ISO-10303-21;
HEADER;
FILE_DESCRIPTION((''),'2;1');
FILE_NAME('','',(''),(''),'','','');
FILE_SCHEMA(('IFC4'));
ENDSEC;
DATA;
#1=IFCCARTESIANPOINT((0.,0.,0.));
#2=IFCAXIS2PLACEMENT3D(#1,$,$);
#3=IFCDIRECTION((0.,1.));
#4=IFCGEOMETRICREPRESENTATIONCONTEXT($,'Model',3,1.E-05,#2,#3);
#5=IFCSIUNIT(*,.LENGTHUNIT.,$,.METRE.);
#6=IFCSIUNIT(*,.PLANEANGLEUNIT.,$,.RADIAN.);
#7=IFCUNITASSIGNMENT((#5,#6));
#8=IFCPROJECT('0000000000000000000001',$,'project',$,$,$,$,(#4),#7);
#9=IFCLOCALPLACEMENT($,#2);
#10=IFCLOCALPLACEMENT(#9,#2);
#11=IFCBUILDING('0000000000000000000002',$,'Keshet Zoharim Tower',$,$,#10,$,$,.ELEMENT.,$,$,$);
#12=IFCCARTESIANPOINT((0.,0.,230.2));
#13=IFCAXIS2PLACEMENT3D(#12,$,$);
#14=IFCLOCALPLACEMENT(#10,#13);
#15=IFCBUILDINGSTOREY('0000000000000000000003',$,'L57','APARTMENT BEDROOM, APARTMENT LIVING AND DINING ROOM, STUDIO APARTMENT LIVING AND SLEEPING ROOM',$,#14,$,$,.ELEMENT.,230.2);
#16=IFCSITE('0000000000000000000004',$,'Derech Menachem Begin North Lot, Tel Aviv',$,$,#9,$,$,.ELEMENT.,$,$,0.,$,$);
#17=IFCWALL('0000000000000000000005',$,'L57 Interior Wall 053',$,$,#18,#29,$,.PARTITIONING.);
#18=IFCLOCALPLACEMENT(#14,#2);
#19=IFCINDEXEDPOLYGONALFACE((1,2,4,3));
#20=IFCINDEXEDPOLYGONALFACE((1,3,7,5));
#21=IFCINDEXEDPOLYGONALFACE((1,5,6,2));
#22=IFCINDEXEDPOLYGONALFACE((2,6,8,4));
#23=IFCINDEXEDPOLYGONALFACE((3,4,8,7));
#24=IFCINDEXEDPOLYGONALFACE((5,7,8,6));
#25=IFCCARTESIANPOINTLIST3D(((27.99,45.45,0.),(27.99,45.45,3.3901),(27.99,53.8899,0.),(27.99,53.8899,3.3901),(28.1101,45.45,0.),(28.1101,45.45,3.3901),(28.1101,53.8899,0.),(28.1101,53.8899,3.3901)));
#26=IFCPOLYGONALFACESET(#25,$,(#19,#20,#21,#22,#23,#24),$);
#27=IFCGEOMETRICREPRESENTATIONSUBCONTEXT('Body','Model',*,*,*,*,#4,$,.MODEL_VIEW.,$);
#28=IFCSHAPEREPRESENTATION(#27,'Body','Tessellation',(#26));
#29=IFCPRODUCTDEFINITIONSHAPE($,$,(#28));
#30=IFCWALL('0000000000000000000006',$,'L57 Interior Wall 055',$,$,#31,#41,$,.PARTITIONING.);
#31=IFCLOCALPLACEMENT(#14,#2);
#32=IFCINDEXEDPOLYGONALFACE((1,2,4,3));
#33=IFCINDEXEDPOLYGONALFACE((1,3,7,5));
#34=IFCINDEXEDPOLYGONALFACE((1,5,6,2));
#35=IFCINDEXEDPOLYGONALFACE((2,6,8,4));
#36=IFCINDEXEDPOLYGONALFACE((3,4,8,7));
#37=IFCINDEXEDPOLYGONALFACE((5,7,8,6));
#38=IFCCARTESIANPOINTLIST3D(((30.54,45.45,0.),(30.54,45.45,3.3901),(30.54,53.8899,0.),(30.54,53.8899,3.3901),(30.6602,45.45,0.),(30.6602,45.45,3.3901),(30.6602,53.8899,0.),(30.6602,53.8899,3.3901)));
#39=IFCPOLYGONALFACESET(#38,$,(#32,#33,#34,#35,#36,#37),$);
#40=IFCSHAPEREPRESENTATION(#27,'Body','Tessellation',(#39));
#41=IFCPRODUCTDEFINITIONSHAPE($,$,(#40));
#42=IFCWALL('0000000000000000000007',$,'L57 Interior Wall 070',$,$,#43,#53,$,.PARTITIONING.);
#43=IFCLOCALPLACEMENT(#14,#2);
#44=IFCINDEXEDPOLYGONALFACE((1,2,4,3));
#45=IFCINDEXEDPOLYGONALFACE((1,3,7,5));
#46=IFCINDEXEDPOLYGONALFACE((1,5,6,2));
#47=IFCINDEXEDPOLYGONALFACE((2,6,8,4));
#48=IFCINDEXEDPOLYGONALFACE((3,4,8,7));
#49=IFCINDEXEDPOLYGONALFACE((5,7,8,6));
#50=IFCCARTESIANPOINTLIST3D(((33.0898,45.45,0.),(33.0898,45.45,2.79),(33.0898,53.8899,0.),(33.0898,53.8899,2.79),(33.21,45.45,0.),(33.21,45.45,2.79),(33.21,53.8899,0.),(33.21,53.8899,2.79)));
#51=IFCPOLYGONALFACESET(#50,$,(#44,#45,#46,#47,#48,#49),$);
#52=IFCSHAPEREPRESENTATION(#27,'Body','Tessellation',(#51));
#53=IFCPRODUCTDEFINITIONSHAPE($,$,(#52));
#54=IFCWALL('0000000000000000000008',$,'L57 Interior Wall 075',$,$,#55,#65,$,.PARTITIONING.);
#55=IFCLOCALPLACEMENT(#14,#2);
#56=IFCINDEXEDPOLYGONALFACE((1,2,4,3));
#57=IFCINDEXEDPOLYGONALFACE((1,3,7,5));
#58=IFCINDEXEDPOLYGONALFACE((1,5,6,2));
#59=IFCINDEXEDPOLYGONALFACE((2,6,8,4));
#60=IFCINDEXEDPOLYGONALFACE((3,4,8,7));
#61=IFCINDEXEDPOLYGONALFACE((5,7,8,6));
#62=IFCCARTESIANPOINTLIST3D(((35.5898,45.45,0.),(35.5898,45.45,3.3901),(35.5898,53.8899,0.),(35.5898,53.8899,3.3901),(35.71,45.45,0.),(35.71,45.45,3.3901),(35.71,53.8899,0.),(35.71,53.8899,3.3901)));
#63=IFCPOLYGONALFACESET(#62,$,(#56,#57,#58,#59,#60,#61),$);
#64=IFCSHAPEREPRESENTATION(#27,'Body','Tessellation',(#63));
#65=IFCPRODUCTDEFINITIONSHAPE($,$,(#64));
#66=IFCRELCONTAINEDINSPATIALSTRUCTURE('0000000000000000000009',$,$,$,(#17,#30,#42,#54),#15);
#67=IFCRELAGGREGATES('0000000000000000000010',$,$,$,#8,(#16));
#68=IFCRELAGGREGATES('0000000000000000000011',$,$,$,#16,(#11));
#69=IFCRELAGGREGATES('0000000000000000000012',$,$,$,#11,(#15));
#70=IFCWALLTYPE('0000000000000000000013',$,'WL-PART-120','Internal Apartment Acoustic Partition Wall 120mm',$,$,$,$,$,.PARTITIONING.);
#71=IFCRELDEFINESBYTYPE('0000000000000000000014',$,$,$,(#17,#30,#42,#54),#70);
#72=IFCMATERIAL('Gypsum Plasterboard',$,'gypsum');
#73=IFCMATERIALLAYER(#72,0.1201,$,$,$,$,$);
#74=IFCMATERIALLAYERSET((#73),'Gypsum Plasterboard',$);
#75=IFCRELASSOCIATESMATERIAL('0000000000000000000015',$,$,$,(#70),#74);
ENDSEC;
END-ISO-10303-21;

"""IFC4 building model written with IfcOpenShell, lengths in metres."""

from ifc_helpers import new_model, si_unit, direction, frame, frame_2d, origin, place, context, subcontext, project, spatial, rectangle, extrude, material, layer, layer_set, type_object, element, save


model = new_model("IFC4")

# Units and contexts
model_context = context("Model", 3, precision=1e-05, world=origin(), true_north=direction((0.0, 1.0)))
body_context = subcontext(model_context, "Body", "Model", "MODEL_VIEW")
ifc_project = project(units=[si_unit("LENGTHUNIT", "METRE"), si_unit("PLANEANGLEUNIT", "RADIAN")], contexts=[model_context])

# Site, building, storey
site_placement = place(None, origin())
site = spatial("IfcSite", under=ifc_project, at=site_placement, Name="Derech Menachem Begin North Lot, Tel Aviv", CompositionType="ELEMENT", RefElevation=0.0)
building_placement = place(site_placement, origin())
building = spatial("IfcBuilding", under=site, at=building_placement, Name="Keshet Zoharim Tower", CompositionType="ELEMENT")
storey_placement = place(building_placement, frame((0.0, 0.0, 230.2)))
storey = spatial("IfcBuildingStorey", under=building, at=storey_placement, Name="L57", Description="APARTMENT BEDROOM, APARTMENT LIVING AND DINING ROOM, STUDIO APARTMENT LIVING AND SLEEPING ROOM", CompositionType="ELEMENT", Elevation=230.2)

# Walls
ifc_material_1 = material(Name="Gypsum Plasterboard", Category="gypsum")
ifc_layer_1 = layer(ifc_material_1, 0.1201)
ifc_layer_set_1 = layer_set([ifc_layer_1], Name="Gypsum Plasterboard")
wall_type = type_object("IfcWallType", Name="WL-PART-120", Description="Internal Apartment Acoustic Partition Wall 120mm", PredefinedType="PARTITIONING", material=ifc_layer_set_1)
for number, where, z_axis, x_axis, name in (
    (1, (28.05, 45.45, 0.0), (0.0, 0.0, 1.0), (0.0, 1.0, 0.0), "L57 Interior Wall 053"),
    (2, (30.6001, 45.45, 0.0), (0.0, 0.0, 1.0), (0.0, 1.0, 0.0), "L57 Interior Wall 055"),
):
    element("IfcWall", number, at=place(storey_placement, frame(where, z_axis=z_axis, x_axis=x_axis)), inside=storey, type_object=wall_type, Name=name, PredefinedType="PARTITIONING", context=body_context, shape_type="SweptSolid", body=[
        extrude(rectangle(XDim=8.4399, YDim=0.1201, at=frame_2d((4.22, 0.0))), origin(), (0.0, 0.0, 1.0), 3.3901),
    ])
wall_1_placement = place(storey_placement, frame((33.1499, 45.45, 0.0), z_axis=(0.0, 0.0, 1.0), x_axis=(0.0, 1.0, 0.0)))
element("IfcWall", 3, at=wall_1_placement, inside=storey, type_object=wall_type, Name="L57 Interior Wall 070", PredefinedType="PARTITIONING", context=body_context, shape_type="SweptSolid", body=[
    extrude(rectangle(XDim=8.4399, YDim=0.1201, at=frame_2d((4.22, 0.0))), origin(), (0.0, 0.0, 1.0), 2.79),
])
wall_2_placement = place(storey_placement, frame((35.6499, 45.45, 0.0), z_axis=(0.0, 0.0, 1.0), x_axis=(0.0, 1.0, 0.0)))
element("IfcWall", 4, at=wall_2_placement, inside=storey, type_object=wall_type, Name="L57 Interior Wall 075", PredefinedType="PARTITIONING", context=body_context, shape_type="SweptSolid", body=[
    extrude(rectangle(XDim=8.4399, YDim=0.1201, at=frame_2d((4.22, 0.0))), origin(), (0.0, 0.0, 1.0), 3.3901),
])

save(model, "model.ifc")
